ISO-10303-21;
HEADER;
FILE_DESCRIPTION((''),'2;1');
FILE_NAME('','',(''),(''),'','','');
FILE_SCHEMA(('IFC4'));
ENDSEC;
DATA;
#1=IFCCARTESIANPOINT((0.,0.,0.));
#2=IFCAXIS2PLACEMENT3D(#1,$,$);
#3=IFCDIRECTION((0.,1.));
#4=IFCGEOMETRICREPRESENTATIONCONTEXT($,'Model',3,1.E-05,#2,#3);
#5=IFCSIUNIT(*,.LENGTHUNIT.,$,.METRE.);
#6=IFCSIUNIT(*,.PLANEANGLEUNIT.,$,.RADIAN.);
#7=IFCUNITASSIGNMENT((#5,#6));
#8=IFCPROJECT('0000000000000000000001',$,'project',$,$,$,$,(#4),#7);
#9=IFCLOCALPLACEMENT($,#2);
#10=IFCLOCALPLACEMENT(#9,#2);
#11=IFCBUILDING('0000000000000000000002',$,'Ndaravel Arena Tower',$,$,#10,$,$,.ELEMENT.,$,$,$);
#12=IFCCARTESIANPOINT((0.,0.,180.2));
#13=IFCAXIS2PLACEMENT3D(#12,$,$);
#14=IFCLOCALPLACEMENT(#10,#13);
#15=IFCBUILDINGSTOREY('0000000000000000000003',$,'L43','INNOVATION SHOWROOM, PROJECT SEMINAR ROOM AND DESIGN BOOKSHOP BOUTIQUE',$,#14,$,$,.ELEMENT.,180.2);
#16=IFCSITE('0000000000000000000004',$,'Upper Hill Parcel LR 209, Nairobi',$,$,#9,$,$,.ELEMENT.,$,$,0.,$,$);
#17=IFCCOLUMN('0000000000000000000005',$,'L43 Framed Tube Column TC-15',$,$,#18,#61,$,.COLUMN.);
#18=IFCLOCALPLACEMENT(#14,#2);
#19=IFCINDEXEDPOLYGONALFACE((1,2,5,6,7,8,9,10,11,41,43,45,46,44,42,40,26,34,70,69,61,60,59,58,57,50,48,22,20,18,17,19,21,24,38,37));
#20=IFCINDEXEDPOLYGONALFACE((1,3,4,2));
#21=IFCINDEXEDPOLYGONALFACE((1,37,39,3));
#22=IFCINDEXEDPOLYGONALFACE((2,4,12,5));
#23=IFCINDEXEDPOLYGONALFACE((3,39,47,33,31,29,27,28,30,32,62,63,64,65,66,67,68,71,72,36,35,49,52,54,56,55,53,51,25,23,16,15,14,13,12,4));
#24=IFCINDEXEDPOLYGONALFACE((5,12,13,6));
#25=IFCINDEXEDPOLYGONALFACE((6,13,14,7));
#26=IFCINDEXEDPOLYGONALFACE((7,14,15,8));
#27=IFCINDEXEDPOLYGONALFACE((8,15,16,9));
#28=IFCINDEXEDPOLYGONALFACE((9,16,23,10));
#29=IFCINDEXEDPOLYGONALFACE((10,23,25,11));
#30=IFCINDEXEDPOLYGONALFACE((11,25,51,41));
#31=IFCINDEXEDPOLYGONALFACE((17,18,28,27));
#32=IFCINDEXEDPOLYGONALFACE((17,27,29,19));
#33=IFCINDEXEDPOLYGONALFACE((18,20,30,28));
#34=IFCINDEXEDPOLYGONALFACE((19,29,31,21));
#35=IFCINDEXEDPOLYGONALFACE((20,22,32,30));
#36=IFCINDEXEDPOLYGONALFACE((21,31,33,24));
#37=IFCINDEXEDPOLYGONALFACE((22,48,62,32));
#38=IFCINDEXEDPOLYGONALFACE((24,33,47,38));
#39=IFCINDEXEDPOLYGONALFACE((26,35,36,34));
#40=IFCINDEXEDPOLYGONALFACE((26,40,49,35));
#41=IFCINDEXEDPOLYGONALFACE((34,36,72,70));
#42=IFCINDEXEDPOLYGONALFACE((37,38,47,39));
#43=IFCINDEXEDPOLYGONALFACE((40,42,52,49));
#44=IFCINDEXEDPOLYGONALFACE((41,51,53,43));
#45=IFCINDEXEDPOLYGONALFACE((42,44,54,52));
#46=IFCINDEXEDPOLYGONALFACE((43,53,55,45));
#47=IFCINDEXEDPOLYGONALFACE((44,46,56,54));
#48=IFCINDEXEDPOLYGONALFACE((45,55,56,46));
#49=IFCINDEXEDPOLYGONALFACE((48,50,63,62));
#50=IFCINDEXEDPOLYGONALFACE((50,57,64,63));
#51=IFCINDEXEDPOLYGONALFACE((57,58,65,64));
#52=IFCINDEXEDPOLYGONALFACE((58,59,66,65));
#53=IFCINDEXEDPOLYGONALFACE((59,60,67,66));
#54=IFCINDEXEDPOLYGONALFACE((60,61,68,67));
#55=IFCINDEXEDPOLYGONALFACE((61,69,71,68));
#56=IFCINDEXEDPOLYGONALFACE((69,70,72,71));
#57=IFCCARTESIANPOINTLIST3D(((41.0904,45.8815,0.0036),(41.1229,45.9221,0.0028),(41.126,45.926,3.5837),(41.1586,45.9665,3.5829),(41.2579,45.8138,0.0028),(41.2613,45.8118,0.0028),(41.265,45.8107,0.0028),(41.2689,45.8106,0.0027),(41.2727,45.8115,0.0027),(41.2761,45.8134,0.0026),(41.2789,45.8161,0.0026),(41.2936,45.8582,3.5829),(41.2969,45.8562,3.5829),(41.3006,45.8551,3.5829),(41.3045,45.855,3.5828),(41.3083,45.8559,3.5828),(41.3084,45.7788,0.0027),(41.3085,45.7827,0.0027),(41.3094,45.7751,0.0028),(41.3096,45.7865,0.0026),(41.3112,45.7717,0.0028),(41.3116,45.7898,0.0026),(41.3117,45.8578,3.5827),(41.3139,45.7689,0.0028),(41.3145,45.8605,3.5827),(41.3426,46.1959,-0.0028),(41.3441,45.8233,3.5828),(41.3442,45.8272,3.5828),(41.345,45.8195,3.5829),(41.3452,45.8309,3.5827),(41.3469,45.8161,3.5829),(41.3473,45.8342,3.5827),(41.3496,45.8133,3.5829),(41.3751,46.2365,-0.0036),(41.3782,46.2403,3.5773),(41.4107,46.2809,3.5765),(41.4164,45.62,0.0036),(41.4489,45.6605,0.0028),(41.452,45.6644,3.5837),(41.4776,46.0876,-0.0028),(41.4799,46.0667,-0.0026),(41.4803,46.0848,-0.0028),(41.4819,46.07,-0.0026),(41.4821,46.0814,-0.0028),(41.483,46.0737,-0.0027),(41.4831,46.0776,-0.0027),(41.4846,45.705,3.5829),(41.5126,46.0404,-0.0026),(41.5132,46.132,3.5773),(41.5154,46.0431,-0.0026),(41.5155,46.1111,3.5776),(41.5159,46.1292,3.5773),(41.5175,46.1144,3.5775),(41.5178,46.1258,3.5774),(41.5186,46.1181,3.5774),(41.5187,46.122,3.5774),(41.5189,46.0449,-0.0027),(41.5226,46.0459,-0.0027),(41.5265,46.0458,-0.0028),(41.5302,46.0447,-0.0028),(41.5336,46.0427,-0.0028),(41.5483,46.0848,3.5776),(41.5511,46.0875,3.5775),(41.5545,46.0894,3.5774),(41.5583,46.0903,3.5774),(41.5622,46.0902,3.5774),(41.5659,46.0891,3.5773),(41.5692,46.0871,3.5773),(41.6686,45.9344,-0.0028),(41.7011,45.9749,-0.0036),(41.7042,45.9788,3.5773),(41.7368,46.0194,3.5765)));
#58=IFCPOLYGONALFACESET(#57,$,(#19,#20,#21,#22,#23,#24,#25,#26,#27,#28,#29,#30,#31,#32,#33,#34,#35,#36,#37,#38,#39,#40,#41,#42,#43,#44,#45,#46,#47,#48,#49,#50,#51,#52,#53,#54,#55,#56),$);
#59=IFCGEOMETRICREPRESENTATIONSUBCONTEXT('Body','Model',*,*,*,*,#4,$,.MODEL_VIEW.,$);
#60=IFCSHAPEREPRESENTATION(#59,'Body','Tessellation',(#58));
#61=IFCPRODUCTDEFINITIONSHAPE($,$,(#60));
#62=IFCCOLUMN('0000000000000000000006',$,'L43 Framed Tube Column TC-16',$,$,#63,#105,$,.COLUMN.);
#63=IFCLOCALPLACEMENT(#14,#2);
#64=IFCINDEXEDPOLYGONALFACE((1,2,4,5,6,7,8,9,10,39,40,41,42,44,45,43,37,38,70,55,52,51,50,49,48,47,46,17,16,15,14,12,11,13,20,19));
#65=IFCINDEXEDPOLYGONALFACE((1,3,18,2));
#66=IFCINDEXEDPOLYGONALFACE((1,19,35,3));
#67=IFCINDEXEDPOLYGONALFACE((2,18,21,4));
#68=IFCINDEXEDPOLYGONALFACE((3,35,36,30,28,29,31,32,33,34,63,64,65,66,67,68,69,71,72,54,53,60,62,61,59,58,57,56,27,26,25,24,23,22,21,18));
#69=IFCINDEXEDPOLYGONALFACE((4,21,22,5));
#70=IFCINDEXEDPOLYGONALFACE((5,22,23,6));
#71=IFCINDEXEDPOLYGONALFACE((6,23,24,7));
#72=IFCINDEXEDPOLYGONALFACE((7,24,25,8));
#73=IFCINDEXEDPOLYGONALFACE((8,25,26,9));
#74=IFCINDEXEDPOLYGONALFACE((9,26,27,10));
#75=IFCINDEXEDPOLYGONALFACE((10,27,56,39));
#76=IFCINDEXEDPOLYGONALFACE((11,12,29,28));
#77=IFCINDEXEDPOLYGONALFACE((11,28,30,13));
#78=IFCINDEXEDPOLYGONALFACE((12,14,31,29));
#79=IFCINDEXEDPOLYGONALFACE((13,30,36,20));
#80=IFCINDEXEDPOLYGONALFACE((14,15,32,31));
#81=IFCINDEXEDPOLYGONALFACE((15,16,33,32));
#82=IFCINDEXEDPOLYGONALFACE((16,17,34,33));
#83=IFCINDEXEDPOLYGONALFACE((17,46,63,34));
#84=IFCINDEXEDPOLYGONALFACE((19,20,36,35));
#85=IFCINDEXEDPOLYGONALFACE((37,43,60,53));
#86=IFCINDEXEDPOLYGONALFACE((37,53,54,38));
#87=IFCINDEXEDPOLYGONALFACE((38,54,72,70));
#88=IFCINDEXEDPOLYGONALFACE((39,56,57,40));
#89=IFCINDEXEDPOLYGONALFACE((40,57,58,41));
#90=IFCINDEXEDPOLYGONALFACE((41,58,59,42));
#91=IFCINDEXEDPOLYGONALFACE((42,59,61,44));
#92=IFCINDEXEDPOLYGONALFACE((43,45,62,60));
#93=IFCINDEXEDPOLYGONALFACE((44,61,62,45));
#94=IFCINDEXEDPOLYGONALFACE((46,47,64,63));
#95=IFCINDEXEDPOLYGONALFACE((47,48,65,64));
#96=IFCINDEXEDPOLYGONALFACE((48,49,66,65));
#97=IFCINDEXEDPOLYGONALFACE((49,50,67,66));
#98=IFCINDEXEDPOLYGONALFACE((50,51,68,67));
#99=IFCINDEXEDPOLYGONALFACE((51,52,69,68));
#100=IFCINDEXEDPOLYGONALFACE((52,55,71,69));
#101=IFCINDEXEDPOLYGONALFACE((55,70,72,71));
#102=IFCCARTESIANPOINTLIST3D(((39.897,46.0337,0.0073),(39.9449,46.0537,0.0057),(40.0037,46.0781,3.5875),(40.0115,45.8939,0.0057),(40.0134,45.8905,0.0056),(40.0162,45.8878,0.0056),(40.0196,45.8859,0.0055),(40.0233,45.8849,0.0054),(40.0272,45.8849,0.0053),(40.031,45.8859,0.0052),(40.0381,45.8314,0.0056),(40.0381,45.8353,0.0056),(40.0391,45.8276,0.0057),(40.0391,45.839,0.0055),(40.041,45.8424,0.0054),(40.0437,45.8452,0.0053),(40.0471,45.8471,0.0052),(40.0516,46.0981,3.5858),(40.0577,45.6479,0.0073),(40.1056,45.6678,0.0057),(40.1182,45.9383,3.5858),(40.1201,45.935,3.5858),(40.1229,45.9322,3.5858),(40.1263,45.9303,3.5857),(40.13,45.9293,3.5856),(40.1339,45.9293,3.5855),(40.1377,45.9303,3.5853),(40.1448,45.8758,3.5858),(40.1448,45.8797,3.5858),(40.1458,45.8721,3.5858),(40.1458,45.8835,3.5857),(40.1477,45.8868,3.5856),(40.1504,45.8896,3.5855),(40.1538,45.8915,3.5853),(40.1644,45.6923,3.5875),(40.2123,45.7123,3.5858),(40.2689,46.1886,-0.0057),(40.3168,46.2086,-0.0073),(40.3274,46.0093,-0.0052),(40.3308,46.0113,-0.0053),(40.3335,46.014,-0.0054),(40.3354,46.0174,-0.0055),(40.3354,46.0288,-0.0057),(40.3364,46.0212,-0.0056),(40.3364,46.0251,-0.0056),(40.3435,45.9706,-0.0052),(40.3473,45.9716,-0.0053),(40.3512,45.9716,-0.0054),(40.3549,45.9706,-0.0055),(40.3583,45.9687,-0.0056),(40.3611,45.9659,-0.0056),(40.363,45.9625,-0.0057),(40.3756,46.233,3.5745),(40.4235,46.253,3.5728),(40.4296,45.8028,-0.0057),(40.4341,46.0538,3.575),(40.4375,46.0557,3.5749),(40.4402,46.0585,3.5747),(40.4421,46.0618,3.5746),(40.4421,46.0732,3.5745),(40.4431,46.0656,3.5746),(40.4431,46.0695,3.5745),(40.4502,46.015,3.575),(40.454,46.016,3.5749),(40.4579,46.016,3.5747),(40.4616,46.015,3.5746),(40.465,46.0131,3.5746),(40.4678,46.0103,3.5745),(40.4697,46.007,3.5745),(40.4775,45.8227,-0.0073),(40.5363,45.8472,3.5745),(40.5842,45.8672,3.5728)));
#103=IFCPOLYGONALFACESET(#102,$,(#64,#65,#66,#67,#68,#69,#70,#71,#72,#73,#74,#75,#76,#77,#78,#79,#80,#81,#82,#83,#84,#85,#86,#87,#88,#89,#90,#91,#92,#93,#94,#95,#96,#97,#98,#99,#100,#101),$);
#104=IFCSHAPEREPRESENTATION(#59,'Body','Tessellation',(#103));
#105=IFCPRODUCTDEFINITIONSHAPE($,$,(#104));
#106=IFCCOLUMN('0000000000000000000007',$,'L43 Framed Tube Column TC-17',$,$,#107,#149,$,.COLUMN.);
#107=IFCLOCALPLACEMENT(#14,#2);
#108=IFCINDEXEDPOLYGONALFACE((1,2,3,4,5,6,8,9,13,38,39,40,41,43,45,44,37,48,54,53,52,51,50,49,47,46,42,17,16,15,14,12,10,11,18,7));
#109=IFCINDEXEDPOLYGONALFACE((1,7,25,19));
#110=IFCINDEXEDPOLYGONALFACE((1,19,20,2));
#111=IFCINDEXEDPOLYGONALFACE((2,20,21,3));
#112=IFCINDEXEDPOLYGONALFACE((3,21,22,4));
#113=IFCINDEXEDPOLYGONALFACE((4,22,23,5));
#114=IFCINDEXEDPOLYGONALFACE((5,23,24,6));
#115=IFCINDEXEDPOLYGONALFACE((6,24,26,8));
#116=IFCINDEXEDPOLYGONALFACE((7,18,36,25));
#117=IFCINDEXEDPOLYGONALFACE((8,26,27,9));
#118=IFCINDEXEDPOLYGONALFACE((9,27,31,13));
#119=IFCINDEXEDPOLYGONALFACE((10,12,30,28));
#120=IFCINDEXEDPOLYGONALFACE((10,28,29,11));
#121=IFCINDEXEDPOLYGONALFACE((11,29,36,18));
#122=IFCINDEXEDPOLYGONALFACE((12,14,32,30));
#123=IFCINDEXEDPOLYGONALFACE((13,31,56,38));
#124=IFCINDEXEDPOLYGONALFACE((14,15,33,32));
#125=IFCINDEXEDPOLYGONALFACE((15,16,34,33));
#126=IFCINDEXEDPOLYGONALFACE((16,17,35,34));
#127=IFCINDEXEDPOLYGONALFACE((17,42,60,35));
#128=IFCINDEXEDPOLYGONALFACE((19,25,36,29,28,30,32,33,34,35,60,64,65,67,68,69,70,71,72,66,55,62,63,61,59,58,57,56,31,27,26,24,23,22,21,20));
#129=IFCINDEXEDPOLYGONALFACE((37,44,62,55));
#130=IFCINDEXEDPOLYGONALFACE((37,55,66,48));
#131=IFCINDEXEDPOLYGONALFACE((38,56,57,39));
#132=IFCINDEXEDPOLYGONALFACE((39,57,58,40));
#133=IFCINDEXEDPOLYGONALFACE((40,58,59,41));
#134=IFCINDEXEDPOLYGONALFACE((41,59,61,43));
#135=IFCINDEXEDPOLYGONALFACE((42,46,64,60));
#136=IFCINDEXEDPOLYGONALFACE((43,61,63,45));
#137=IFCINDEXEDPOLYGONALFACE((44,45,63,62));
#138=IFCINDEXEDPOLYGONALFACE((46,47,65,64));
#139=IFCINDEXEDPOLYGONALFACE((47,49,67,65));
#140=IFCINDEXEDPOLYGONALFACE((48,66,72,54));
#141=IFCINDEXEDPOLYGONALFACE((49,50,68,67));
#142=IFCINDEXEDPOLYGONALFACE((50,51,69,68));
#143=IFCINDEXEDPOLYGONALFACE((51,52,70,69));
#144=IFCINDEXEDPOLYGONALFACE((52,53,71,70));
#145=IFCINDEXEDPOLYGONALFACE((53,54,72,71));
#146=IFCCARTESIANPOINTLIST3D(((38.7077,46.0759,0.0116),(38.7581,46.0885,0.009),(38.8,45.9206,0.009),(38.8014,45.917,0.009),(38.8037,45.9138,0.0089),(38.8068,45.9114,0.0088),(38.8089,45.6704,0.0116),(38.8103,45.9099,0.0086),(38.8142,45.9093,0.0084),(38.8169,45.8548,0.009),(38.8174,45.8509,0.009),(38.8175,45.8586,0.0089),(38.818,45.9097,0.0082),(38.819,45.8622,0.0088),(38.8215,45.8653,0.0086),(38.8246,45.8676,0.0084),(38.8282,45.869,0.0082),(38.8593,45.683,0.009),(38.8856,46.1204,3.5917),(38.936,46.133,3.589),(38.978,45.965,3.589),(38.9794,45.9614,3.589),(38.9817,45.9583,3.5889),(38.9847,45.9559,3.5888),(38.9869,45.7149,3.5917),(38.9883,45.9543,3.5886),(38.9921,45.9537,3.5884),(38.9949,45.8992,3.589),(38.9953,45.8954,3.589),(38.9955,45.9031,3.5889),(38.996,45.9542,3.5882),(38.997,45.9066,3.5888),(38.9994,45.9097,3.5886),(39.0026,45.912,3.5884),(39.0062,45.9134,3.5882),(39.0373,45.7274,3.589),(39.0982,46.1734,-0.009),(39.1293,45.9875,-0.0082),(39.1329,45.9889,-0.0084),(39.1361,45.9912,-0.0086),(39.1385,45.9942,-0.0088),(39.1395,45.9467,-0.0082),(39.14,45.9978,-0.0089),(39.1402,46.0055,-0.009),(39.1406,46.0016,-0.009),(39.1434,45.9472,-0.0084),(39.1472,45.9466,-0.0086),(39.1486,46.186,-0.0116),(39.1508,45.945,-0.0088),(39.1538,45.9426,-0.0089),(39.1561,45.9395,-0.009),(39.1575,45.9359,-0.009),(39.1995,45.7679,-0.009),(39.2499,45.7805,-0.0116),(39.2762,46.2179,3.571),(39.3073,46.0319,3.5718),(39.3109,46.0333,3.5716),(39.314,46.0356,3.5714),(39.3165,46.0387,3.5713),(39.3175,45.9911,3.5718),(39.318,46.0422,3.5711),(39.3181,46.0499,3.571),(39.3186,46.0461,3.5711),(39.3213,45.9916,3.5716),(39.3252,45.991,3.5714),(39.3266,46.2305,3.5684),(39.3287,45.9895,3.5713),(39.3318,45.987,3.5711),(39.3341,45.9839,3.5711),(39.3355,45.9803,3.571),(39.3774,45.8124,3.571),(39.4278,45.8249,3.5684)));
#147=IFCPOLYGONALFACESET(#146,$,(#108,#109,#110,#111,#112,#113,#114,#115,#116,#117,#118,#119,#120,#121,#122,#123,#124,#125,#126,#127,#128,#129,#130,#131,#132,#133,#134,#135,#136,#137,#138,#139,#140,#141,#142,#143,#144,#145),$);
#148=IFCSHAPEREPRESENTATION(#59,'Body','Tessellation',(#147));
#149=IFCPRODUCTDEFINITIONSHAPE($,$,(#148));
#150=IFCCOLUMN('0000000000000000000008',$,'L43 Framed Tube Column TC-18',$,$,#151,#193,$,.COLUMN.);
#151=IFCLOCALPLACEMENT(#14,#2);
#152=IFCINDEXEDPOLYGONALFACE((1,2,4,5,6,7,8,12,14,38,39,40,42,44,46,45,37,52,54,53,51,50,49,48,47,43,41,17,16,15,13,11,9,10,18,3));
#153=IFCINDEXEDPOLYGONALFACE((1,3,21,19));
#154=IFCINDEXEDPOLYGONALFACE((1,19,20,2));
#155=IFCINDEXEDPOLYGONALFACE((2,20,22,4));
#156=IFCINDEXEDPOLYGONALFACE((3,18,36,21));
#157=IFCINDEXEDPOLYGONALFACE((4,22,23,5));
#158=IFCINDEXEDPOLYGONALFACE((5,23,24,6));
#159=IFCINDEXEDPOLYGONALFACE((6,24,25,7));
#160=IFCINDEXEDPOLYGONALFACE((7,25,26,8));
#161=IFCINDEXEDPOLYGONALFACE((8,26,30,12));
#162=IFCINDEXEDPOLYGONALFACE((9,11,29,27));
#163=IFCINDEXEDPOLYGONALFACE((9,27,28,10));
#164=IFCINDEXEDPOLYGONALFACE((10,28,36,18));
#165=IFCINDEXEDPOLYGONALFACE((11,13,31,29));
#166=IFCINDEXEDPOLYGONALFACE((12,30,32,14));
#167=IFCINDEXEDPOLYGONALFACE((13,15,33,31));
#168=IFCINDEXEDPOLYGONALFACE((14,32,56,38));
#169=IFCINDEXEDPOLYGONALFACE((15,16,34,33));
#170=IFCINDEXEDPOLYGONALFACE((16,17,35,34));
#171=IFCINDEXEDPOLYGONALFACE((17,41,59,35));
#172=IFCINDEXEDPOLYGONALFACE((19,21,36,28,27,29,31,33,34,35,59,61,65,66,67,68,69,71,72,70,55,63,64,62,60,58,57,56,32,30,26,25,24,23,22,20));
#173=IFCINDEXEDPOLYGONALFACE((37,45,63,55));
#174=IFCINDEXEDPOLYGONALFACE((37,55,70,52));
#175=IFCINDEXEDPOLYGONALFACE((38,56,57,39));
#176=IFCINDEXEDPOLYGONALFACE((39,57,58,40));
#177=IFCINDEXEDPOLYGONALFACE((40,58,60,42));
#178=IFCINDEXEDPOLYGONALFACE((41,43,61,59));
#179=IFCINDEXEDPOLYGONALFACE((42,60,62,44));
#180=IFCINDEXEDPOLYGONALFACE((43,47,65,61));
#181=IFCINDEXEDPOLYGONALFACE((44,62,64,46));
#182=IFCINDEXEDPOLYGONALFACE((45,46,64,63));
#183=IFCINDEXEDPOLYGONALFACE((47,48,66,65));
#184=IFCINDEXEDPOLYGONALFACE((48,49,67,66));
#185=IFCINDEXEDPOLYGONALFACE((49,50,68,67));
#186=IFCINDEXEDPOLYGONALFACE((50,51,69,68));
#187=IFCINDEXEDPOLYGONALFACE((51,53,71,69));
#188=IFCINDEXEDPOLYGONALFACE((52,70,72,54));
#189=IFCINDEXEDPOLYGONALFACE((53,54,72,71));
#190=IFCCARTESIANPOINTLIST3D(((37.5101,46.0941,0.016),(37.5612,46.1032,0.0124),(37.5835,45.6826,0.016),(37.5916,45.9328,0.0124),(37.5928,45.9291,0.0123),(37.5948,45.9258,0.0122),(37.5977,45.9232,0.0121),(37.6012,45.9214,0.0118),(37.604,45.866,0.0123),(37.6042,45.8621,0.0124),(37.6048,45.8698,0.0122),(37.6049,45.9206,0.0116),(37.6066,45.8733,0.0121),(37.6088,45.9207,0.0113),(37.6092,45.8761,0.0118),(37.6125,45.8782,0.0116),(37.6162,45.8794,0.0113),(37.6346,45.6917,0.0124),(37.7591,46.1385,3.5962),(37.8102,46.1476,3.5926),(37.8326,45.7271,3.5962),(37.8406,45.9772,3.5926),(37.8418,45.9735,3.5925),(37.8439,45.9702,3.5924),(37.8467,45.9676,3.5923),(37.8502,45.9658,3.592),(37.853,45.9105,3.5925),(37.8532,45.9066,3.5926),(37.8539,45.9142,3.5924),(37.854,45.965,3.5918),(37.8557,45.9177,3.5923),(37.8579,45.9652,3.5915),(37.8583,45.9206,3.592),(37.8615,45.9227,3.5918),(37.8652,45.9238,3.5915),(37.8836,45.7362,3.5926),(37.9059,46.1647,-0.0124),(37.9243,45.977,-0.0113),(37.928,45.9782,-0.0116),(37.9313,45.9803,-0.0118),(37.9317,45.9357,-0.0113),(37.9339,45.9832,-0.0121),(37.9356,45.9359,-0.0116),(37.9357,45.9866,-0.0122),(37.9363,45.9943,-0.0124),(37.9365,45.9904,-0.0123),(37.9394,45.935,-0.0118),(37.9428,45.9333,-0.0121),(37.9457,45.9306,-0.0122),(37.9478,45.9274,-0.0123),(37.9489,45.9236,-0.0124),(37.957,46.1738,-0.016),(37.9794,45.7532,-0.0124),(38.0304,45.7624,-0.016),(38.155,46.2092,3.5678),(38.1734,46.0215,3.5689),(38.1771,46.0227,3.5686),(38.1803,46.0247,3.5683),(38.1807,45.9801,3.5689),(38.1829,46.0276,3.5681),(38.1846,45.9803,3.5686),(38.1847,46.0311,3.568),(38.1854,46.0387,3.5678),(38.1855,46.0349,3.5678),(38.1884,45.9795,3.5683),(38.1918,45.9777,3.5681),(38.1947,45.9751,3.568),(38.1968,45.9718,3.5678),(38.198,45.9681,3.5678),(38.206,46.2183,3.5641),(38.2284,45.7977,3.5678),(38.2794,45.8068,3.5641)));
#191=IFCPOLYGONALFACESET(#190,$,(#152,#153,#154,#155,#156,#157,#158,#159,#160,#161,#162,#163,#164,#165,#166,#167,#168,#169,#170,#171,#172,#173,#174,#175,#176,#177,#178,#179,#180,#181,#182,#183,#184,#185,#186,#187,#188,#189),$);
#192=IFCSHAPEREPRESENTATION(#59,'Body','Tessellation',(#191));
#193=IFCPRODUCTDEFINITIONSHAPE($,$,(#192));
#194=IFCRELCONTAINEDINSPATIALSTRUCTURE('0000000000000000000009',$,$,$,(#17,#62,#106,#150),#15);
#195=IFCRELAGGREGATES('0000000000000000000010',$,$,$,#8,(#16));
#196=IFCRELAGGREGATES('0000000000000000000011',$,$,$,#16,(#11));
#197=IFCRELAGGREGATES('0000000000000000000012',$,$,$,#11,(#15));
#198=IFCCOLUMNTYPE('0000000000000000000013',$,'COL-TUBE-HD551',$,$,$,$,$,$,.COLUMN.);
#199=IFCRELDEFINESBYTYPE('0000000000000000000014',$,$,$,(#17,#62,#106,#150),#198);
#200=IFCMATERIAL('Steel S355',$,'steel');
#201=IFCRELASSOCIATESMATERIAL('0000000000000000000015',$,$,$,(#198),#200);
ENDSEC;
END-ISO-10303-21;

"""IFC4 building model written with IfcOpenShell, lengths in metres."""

from ifc_helpers import new_model, si_unit, direction, frame, origin, origin_2d, place, context, subcontext, project, spatial, i_section, extrude, material, material_profile, profile_set, type_object, element, save


model = new_model("IFC4")

# Units and contexts
model_context = context("Model", 3, precision=1e-05, world=origin(), true_north=direction((0.0, 1.0)))
body_context = subcontext(model_context, "Body", "Model", "MODEL_VIEW")
ifc_project = project(units=[si_unit("LENGTHUNIT", "METRE"), si_unit("PLANEANGLEUNIT", "RADIAN")], contexts=[model_context])

# Site, building, storey
site_placement = place(None, origin())
site = spatial("IfcSite", under=ifc_project, at=site_placement, Name="Upper Hill Parcel LR 209, Nairobi", CompositionType="ELEMENT", RefElevation=0.0)
building_placement = place(site_placement, origin())
building = spatial("IfcBuilding", under=site, at=building_placement, Name="Ndaravel Arena Tower", CompositionType="ELEMENT")
storey_placement = place(building_placement, frame((0.0, 0.0, 180.2)))
storey = spatial("IfcBuildingStorey", under=building, at=storey_placement, Name="L43", Description="INNOVATION SHOWROOM, PROJECT SEMINAR ROOM AND DESIGN BOOKSHOP BOUTIQUE", CompositionType="ELEMENT", Elevation=180.2)

# Columns
ifc_material_1 = material(Name="Steel S355", Category="steel")
ifc_material_profile_1 = material_profile(ifc_material_1, i_section(OverallWidth=0.418, OverallDepth=0.4551, WebThickness=0.042, FlangeThickness=0.052, FilletRadius=0.0149, at=origin_2d()), Name="HD 400x551")
ifc_profile_set_1 = profile_set([ifc_material_profile_1], Name="Steel S355")
column_type = type_object("IfcColumnType", Name="COL-TUBE-HD551", PredefinedType="COLUMN", material=ifc_profile_set_1)
column_1_placement = place(storey_placement, frame((41.3958, 45.9282, 0.0), z_axis=(0.009955, 0.01241, 0.999873), x_axis=(-0.780032, 0.62574, 0.0)))
element("IfcColumn", 1, at=column_1_placement, inside=storey, type_object=column_type, Name="L43 Framed Tube Column TC-15", PredefinedType="COLUMN", context=body_context, shape_type="SweptSolid", body=[
    extrude(i_section(OverallWidth=0.418, OverallDepth=0.4551, WebThickness=0.042, FlangeThickness=0.052, FilletRadius=0.0149, at=origin_2d()), origin(), (0.0, 0.0, 1.0), 3.5806),
])
column_2_placement = place(storey_placement, frame((40.1873, 45.9282, 0.0), z_axis=(0.029785, 0.012405, 0.999479), x_axis=(-0.384465, 0.923139, 0.0)))
element("IfcColumn", 2, at=column_2_placement, inside=storey, type_object=column_type, Name="L43 Framed Tube Column TC-16", PredefinedType="COLUMN", context=body_context, shape_type="SweptSolid", body=[
    extrude(i_section(OverallWidth=0.418, OverallDepth=0.4551, WebThickness=0.042, FlangeThickness=0.052, FilletRadius=0.0149, at=origin_2d()), origin(), (0.0, 0.0, 1.0), 3.582),
])
column_3_placement = place(storey_placement, frame((38.9788, 45.9282, 0.0), z_axis=(0.049648, 0.012395, 0.99869), x_axis=(-0.242222, 0.970221, 0.0)))
element("IfcColumn", 3, at=column_3_placement, inside=storey, type_object=column_type, Name="L43 Framed Tube Column TC-17", PredefinedType="COLUMN", context=body_context, shape_type="SweptSolid", body=[
    extrude(i_section(OverallWidth=0.418, OverallDepth=0.4551, WebThickness=0.042, FlangeThickness=0.052, FilletRadius=0.0149, at=origin_2d()), origin(), (0.0, 0.0, 1.0), 3.5847),
])
column_4_placement = place(storey_placement, frame((37.7703, 45.9282, 0.0), z_axis=(0.069385, 0.01238, 0.997513), x_axis=(-0.175657, 0.984451, 0.0)))
element("IfcColumn", 4, at=column_4_placement, inside=storey, type_object=column_type, Name="L43 Framed Tube Column TC-18", PredefinedType="COLUMN", context=body_context, shape_type="SweptSolid", body=[
    extrude(i_section(OverallWidth=0.418, OverallDepth=0.4551, WebThickness=0.042, FlangeThickness=0.052, FilletRadius=0.0149, at=origin_2d()), origin(), (0.0, 0.0, 1.0), 3.5891),
])

save(model, "model.ifc")
